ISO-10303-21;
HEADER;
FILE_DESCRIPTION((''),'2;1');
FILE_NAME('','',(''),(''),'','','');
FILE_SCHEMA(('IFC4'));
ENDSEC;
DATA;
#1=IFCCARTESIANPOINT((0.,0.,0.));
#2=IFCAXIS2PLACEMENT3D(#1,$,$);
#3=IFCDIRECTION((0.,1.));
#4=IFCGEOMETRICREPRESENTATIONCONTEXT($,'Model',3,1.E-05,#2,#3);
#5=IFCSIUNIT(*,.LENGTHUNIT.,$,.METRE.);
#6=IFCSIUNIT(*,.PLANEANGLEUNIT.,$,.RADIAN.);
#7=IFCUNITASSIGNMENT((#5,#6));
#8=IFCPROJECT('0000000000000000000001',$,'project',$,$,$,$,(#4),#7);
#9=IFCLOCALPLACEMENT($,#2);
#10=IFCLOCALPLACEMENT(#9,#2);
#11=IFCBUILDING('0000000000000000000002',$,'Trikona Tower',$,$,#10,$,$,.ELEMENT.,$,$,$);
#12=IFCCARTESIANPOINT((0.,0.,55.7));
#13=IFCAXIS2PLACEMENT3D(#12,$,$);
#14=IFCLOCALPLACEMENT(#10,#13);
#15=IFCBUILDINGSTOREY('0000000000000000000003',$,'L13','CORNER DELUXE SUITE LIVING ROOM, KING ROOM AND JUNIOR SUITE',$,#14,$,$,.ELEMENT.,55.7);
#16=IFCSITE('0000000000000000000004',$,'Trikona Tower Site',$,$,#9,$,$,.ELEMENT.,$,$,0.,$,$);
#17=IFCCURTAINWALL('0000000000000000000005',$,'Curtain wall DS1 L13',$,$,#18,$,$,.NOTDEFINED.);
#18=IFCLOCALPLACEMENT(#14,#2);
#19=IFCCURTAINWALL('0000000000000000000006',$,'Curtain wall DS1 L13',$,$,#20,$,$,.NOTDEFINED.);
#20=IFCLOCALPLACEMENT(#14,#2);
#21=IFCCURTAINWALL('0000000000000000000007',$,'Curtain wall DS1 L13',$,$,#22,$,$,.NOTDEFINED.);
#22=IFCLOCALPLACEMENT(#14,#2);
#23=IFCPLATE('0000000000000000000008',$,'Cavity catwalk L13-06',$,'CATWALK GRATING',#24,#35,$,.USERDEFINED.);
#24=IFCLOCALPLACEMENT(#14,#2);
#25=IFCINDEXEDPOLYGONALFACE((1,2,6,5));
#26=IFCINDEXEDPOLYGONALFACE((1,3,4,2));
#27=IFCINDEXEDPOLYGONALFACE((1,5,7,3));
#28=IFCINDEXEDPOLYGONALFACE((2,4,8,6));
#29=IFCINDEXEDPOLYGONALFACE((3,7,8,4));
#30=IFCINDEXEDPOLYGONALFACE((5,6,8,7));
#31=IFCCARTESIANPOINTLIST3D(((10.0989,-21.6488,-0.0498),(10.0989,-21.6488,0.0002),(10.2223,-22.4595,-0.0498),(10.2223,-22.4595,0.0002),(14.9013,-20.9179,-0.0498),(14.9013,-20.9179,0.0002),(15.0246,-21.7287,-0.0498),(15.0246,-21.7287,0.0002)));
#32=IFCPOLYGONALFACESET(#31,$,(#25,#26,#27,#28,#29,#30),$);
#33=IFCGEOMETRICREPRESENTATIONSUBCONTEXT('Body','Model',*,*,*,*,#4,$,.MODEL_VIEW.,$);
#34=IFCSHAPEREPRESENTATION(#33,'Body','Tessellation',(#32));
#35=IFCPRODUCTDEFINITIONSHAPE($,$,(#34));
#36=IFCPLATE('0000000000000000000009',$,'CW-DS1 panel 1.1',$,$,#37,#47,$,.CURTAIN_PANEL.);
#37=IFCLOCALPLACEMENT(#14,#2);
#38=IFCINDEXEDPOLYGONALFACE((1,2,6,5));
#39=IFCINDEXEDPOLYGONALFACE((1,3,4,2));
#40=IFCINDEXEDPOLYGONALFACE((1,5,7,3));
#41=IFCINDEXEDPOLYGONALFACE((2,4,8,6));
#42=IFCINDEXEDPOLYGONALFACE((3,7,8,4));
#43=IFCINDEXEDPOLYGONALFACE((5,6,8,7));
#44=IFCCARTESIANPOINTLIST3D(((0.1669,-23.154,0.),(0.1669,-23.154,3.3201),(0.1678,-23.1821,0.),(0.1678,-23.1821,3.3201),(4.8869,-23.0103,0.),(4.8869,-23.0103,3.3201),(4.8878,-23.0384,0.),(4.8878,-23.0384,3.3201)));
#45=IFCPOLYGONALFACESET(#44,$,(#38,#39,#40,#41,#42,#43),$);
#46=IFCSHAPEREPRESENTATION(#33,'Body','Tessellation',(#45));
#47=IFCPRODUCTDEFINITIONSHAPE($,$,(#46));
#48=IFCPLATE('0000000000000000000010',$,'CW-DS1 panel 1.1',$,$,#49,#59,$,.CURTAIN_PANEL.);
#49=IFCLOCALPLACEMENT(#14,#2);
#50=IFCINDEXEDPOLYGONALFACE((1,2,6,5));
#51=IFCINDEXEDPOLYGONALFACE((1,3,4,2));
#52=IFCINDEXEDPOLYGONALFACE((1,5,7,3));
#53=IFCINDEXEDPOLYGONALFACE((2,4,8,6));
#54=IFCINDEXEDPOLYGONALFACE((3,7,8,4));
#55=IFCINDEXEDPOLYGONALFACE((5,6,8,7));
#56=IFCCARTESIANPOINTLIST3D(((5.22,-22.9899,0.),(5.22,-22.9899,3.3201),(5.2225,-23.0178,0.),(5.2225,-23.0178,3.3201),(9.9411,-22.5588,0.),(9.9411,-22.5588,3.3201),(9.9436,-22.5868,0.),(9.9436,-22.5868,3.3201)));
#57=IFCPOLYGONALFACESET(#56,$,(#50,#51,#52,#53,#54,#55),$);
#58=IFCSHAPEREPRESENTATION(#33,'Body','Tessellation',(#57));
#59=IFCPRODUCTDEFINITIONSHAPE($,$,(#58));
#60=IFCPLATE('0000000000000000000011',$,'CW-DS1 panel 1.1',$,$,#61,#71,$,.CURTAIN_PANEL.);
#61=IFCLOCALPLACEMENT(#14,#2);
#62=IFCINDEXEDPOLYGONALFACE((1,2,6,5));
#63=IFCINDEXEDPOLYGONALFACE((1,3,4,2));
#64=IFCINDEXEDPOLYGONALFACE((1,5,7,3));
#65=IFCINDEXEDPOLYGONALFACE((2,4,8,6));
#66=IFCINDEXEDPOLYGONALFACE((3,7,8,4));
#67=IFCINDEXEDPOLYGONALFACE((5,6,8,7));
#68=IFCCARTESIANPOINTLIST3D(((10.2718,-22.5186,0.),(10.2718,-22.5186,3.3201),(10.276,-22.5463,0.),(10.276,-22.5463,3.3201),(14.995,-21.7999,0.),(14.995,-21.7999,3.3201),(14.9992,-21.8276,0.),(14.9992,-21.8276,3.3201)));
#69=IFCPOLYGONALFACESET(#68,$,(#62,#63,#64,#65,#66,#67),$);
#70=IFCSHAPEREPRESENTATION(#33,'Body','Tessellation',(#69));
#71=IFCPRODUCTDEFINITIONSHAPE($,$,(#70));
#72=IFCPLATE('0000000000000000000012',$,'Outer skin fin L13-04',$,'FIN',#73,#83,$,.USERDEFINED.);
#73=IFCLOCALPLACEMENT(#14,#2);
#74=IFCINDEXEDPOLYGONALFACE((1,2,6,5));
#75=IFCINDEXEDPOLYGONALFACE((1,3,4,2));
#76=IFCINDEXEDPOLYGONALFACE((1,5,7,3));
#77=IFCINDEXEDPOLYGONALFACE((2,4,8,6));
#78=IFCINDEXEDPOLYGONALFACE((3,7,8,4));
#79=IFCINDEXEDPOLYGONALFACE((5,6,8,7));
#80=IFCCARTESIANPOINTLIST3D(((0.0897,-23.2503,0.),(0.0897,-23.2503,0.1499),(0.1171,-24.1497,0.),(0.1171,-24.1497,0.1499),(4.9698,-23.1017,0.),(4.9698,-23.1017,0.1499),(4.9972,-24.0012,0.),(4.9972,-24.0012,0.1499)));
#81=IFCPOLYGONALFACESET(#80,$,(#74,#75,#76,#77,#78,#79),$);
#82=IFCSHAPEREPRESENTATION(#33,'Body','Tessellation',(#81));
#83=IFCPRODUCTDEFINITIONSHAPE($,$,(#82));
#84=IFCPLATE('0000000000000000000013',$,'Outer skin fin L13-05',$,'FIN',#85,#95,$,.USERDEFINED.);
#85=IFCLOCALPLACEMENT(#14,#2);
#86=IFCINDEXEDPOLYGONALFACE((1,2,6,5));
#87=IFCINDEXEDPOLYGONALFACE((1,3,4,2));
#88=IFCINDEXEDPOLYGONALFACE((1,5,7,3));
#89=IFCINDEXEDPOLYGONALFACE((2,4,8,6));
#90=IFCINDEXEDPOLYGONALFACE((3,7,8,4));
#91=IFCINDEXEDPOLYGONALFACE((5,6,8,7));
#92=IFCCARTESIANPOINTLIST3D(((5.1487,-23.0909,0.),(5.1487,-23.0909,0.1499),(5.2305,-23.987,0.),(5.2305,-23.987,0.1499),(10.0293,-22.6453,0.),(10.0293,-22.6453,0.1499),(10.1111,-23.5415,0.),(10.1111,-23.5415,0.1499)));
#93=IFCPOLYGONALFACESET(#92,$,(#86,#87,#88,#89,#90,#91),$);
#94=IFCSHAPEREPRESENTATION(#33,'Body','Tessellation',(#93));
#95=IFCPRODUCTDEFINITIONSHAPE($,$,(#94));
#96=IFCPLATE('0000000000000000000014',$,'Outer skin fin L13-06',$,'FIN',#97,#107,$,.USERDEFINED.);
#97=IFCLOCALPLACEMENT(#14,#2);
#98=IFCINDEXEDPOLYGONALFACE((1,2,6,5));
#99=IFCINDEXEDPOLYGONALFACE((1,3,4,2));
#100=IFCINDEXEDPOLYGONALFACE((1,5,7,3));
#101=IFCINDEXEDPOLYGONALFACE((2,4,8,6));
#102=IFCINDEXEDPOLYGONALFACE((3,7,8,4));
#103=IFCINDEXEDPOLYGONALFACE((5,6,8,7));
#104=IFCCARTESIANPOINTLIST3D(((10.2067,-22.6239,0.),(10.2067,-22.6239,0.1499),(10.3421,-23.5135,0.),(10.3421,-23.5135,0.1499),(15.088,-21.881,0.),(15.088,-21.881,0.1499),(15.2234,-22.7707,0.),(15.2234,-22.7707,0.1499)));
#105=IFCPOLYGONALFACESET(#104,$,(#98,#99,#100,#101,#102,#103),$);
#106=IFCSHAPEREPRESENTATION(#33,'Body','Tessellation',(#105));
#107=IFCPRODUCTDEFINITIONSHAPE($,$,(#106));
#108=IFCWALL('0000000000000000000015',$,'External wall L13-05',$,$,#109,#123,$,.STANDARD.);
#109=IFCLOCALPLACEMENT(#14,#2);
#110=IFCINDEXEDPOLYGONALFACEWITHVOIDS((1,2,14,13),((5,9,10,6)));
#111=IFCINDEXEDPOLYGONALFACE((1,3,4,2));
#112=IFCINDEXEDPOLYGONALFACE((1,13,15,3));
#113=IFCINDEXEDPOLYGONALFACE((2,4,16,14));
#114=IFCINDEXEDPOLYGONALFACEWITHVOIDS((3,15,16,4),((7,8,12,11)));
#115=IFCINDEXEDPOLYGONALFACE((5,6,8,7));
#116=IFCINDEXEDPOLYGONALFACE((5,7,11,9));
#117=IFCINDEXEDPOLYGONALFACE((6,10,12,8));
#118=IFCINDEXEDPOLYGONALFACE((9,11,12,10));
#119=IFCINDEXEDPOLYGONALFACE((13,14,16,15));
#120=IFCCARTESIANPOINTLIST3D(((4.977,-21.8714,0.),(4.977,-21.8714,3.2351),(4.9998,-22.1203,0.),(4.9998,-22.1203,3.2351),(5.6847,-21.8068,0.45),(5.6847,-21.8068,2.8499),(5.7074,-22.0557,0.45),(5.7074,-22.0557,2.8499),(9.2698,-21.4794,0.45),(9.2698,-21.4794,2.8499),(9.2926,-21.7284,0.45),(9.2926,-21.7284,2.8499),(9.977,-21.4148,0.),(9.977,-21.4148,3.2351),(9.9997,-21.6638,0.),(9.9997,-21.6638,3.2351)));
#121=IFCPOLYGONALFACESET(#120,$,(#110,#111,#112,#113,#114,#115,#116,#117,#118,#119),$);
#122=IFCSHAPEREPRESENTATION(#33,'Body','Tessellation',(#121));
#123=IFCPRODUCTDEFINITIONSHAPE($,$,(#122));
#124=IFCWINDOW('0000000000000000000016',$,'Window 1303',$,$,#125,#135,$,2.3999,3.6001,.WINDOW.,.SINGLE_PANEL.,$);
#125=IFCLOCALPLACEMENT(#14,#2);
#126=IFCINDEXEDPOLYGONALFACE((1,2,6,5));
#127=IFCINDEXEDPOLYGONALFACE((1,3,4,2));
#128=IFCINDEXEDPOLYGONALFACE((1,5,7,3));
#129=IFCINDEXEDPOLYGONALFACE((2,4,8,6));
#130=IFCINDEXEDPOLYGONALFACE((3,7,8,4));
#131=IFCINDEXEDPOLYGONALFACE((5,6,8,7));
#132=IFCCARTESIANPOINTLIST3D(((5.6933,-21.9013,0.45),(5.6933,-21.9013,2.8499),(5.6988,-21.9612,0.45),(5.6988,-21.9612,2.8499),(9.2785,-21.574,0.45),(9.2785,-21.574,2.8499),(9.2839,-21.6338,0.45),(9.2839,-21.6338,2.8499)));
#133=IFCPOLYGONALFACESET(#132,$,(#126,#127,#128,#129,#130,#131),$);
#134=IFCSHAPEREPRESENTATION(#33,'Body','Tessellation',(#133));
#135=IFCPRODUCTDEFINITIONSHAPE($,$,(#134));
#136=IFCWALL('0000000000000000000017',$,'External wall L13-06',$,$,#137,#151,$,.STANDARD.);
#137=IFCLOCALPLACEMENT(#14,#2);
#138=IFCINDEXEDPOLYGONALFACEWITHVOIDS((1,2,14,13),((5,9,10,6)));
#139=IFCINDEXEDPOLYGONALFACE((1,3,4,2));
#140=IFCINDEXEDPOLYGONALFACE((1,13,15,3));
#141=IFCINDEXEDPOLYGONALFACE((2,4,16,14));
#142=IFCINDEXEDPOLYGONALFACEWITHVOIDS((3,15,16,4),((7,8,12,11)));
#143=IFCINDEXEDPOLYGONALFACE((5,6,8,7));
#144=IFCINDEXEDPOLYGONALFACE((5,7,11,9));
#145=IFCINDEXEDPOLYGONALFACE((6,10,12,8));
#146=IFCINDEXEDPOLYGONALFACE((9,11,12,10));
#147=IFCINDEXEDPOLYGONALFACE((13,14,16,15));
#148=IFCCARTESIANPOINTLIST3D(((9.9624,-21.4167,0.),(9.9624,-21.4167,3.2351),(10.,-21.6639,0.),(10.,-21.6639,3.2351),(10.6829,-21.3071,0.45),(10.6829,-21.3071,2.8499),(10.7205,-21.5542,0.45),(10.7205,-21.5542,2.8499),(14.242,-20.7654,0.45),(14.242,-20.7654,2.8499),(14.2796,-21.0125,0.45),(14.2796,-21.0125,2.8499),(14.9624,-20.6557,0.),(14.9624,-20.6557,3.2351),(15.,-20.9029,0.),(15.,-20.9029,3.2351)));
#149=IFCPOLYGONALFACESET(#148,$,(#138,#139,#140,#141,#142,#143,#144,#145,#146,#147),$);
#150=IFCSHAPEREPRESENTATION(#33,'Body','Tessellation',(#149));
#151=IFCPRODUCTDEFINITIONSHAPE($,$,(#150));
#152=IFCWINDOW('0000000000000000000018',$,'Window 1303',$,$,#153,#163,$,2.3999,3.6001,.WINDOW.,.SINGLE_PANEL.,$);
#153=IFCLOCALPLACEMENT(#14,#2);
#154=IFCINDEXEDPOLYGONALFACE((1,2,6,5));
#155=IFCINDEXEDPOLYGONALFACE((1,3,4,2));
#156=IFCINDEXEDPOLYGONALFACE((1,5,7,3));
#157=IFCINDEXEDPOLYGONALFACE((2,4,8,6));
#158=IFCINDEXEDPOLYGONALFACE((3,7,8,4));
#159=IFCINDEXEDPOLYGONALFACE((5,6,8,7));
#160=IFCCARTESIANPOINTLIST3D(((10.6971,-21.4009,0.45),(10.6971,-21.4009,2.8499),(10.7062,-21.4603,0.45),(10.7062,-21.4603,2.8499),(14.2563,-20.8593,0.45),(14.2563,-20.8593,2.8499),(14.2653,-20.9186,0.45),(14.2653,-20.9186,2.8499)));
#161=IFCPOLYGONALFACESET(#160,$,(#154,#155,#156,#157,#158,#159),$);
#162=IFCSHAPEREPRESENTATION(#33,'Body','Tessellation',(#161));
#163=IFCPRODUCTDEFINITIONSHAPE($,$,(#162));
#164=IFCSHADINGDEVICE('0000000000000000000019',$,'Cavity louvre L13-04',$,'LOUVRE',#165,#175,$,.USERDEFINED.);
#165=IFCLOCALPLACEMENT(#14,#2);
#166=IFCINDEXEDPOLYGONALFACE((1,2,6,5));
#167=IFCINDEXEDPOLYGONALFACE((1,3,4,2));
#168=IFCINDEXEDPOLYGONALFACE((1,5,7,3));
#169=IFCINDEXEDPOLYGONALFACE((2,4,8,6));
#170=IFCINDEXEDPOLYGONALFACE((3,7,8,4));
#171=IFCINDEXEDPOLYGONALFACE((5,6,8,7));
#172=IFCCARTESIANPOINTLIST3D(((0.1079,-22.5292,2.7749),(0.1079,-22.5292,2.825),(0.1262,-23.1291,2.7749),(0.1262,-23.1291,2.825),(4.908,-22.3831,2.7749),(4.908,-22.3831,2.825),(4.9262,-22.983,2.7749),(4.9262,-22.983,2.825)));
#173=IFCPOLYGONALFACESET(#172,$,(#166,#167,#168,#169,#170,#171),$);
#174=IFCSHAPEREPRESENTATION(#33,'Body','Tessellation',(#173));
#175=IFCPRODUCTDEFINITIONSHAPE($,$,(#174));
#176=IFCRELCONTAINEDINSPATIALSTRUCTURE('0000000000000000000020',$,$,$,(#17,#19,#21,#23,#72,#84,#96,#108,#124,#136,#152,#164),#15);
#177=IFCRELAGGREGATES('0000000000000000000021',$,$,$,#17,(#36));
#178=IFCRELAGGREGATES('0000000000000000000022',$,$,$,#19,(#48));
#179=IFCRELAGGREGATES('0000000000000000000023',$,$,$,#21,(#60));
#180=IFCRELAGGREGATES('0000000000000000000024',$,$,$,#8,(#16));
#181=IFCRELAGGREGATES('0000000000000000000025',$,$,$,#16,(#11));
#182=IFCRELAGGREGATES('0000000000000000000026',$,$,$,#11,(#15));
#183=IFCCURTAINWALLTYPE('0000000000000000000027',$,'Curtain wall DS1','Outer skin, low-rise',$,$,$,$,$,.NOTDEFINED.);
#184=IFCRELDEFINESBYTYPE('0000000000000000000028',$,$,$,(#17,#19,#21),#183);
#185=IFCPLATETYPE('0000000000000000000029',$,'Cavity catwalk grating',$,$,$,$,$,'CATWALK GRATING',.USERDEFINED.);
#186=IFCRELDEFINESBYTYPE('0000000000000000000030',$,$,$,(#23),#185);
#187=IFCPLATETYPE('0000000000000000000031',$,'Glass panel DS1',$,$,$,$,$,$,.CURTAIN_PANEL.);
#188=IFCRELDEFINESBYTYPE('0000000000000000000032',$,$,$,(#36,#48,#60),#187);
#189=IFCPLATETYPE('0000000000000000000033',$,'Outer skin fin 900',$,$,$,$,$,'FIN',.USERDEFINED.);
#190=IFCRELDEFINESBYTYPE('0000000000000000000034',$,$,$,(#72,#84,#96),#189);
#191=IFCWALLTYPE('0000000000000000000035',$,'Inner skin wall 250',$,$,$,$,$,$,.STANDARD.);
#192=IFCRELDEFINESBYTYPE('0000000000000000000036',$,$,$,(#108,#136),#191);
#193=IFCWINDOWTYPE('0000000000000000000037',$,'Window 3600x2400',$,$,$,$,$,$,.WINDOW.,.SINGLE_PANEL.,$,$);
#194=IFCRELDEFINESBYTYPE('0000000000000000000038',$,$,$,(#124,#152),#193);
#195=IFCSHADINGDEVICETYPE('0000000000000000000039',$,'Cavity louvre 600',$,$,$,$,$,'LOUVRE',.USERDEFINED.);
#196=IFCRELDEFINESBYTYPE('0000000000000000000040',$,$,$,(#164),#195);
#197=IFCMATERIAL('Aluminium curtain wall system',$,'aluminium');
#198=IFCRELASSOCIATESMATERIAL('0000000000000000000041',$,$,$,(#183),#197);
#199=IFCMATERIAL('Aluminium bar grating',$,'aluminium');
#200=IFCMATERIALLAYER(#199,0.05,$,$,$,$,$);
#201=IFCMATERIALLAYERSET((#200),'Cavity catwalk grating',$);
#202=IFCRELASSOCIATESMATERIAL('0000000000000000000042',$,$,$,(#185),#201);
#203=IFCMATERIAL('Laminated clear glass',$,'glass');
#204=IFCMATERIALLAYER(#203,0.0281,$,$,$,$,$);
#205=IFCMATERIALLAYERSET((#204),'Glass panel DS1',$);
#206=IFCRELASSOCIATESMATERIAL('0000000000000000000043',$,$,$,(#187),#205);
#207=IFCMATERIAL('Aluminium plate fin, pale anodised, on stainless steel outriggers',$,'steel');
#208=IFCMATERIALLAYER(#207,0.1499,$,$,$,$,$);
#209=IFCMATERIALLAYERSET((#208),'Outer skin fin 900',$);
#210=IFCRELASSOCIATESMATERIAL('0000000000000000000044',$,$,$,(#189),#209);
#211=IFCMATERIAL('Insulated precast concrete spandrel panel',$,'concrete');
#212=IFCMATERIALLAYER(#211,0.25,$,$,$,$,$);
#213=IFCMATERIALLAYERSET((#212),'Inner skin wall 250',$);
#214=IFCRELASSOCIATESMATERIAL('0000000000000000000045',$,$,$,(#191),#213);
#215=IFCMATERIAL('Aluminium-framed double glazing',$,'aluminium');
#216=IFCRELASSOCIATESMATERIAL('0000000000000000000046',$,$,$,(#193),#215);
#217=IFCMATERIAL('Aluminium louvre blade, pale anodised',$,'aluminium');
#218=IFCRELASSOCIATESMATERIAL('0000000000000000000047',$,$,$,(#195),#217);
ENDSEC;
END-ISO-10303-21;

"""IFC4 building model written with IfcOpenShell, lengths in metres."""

from ifc_helpers import new_model, si_unit, direction, frame, frame_2d, origin, origin_2d, place, context, subcontext, project, spatial, rectangle, extrude, material, layer, layer_set, type_object, element, fill, aggregate, save


model = new_model("IFC4")

# Units and contexts
model_context = context("Model", 3, precision=1e-05, world=origin(), true_north=direction((0.0, 1.0)))
body_context = subcontext(model_context, "Body", "Model", "MODEL_VIEW")
ifc_project = project(units=[si_unit("LENGTHUNIT", "METRE"), si_unit("PLANEANGLEUNIT", "RADIAN")], contexts=[model_context])

# Site, building, storey
site_placement = place(None, origin())
site = spatial("IfcSite", under=ifc_project, at=site_placement, Name="Trikona Tower Site", CompositionType="ELEMENT", RefElevation=0.0)
building_placement = place(site_placement, origin())
building = spatial("IfcBuilding", under=site, at=building_placement, Name="Trikona Tower", CompositionType="ELEMENT")
storey_placement = place(building_placement, frame((0.0, 0.0, 55.7)))
storey = spatial("IfcBuildingStorey", under=building, at=storey_placement, Name="L13", Description="CORNER DELUXE SUITE LIVING ROOM, KING ROOM AND JUNIOR SUITE", CompositionType="ELEMENT", Elevation=55.7)

# Curtain walls
ifc_material_1 = material(Name="Aluminium curtain wall system", Category="aluminium")
curtain_wall_type = type_object("IfcCurtainWallType", Name="Curtain wall DS1", Description="Outer skin, low-rise", PredefinedType="NOTDEFINED", material=ifc_material_1)
curtain_wall_1_placement = place(storey_placement, origin())
curtain_wall_1 = element("IfcCurtainWall", 1, at=curtain_wall_1_placement, inside=storey, type_object=curtain_wall_type, Name="Curtain wall DS1 L13", PredefinedType="NOTDEFINED")
curtain_wall_2_placement = place(storey_placement, origin())
curtain_wall_2 = element("IfcCurtainWall", 2, at=curtain_wall_2_placement, inside=storey, type_object=curtain_wall_type, Name="Curtain wall DS1 L13", PredefinedType="NOTDEFINED")

# Curtain wall
curtain_wall_3_placement = place(storey_placement, origin())
curtain_wall_3 = element("IfcCurtainWall", 3, at=curtain_wall_3_placement, inside=storey, type_object=curtain_wall_type, Name="Curtain wall DS1 L13", PredefinedType="NOTDEFINED")

# Plate
ifc_material_2 = material(Name="Aluminium bar grating", Category="aluminium")
ifc_layer_1 = layer(ifc_material_2, 0.05)
ifc_layer_set_1 = layer_set([ifc_layer_1], Name="Cavity catwalk grating")
plate_type_1 = type_object("IfcPlateType", Name="Cavity catwalk grating", ElementType="CATWALK GRATING", PredefinedType="USERDEFINED", material=ifc_layer_set_1)
plate_1_placement = place(storey_placement, frame((12.5618, -21.6887, -0.0498), z_axis=(0.0, 0.0, 1.0), x_axis=(0.988618, 0.150448, 0.0)))
element("IfcPlate", 4, at=plate_1_placement, inside=storey, type_object=plate_type_1, Name="Cavity catwalk L13-06", ObjectType="CATWALK GRATING", PredefinedType="USERDEFINED", context=body_context, shape_type="SweptSolid", body=[
    extrude(rectangle(XDim=4.8577, YDim=0.8201, at=origin_2d()), origin(), (0.0, 0.0, 1.0), 0.05),
])

# Plates
ifc_material_3 = material(Name="Laminated clear glass", Category="glass")
ifc_layer_2 = layer(ifc_material_3, 0.0281)
ifc_layer_set_2 = layer_set([ifc_layer_2], Name="Glass panel DS1")
plate_type_2 = type_object("IfcPlateType", Name="Glass panel DS1", PredefinedType="CURTAIN_PANEL", material=ifc_layer_set_2)
plate_2_placement = place(storey_placement, frame((2.5273, -23.0962, 0.0), z_axis=(0.0, 0.0, 1.0), x_axis=(0.999537, 0.030437, 0.0)))
plate_2 = element("IfcPlate", 5, at=plate_2_placement, type_object=plate_type_2, Name="CW-DS1 panel 1.1", PredefinedType="CURTAIN_PANEL", context=body_context, shape_type="SweptSolid", body=[
    extrude(rectangle(XDim=4.7222, YDim=0.0281, at=origin_2d()), origin(), (0.0, 0.0, 1.0), 3.3201),
])
aggregate(curtain_wall_1, [plate_2])
plate_3_placement = place(storey_placement, frame((7.5818, -22.7883, 0.0), z_axis=(0.0, 0.0, 1.0), x_axis=(0.995858, 0.090924, 0.0)))
plate_3 = element("IfcPlate", 6, at=plate_3_placement, type_object=plate_type_2, Name="CW-DS1 panel 1.1", PredefinedType="CURTAIN_PANEL", context=body_context, shape_type="SweptSolid", body=[
    extrude(rectangle(XDim=4.7407, YDim=0.0281, at=origin_2d()), origin(), (0.0, 0.0, 1.0), 3.3201),
])
aggregate(curtain_wall_2, [plate_3])
plate_4_placement = place(storey_placement, frame((12.6355, -22.1731, 0.0), z_axis=(0.0, 0.0, 1.0), x_axis=(0.988619, 0.150438, 0.0)))
plate_4 = element("IfcPlate", 7, at=plate_4_placement, type_object=plate_type_2, Name="CW-DS1 panel 1.1", PredefinedType="CURTAIN_PANEL", context=body_context, shape_type="SweptSolid", body=[
    extrude(rectangle(XDim=4.7776, YDim=0.0281, at=origin_2d()), origin(), (0.0, 0.0, 1.0), 3.3201),
])
aggregate(curtain_wall_3, [plate_4])

# Plates
ifc_material_4 = material(Name="Aluminium plate fin, pale anodised, on stainless steel outriggers", Category="steel")
ifc_layer_3 = layer(ifc_material_4, 0.1499)
ifc_layer_set_3 = layer_set([ifc_layer_3], Name="Outer skin fin 900")
plate_type_3 = type_object("IfcPlateType", Name="Outer skin fin 900", ElementType="FIN", PredefinedType="USERDEFINED", material=ifc_layer_set_3)
plate_5_placement = place(storey_placement, frame((2.5435, -23.6257, 0.0), z_axis=(0.0, 0.0, 1.0), x_axis=(0.999537, 0.030425, 0.0)))
element("IfcPlate", 8, at=plate_5_placement, inside=storey, type_object=plate_type_3, Name="Outer skin fin L13-04", ObjectType="FIN", PredefinedType="USERDEFINED", context=body_context, shape_type="SweptSolid", body=[
    extrude(rectangle(XDim=4.8823, YDim=0.8999, at=origin_2d()), origin(), (0.0, 0.0, 1.0), 0.1499),
])
plate_6_placement = place(storey_placement, frame((7.6299, -23.3162, 0.0), z_axis=(0.0, 0.0, 1.0), x_axis=(0.995858, 0.090921, 0.0)))
element("IfcPlate", 9, at=plate_6_placement, inside=storey, type_object=plate_type_3, Name="Outer skin fin L13-05", ObjectType="FIN", PredefinedType="USERDEFINED", context=body_context, shape_type="SweptSolid", body=[
    extrude(rectangle(XDim=4.9009, YDim=0.8999, at=origin_2d()), origin(), (0.0, 0.0, 1.0), 0.1499),
])
plate_7_placement = place(storey_placement, frame((12.7151, -22.6973, 0.0), z_axis=(0.0, 0.0, 1.0), x_axis=(0.988618, 0.150448, 0.0)))
element("IfcPlate", 10, at=plate_7_placement, inside=storey, type_object=plate_type_3, Name="Outer skin fin L13-06", ObjectType="FIN", PredefinedType="USERDEFINED", context=body_context, shape_type="SweptSolid", body=[
    extrude(rectangle(XDim=4.9375, YDim=0.8999, at=origin_2d()), origin(), (0.0, 0.0, 1.0), 0.1499),
])

# Walls, openings, windows
ifc_material_5 = material(Name="Insulated precast concrete spandrel panel", Category="concrete")
ifc_layer_4 = layer(ifc_material_5, 0.25)
ifc_layer_set_4 = layer_set([ifc_layer_4], Name="Inner skin wall 250")
wall_type = type_object("IfcWallType", Name="Inner skin wall 250", PredefinedType="STANDARD", material=ifc_layer_set_4)
wall_1_placement = place(storey_placement, frame((4.9885, -21.9958, 0.0), z_axis=(0.0, 0.0, 1.0), x_axis=(0.995857, 0.09093, 0.0)))
wall_1 = element("IfcWall", 11, at=wall_1_placement, inside=storey, type_object=wall_type, Name="External wall L13-05", PredefinedType="STANDARD", context=body_context, shape_type="SweptSolid", body=[
    extrude(rectangle(XDim=5.0208, YDim=0.25, at=frame_2d((2.5103, 0.0))), origin(), (0.0, 0.0, 1.0), 3.2351),
])
opening_1_placement = place(wall_1_placement, frame((0.7104, 0.0, 0.45)))
opening_1 = element("IfcOpeningElement", 12, at=opening_1_placement, cuts=wall_1, PredefinedType="OPENING", context=body_context, shape_type="SweptSolid", body=[
    extrude(rectangle(XDim=3.6001, YDim=2.3999, at=frame_2d((1.8, 1.2))), frame((0.0, 0.135, 0.0), z_axis=(0.0, -1.0, 0.0), x_axis=(1.0, 0.0, 0.0)), (0.0, 0.0, 1.0), 0.27),
])
ifc_material_6 = material(Name="Aluminium-framed double glazing", Category="aluminium")
window_type = type_object("IfcWindowType", Name="Window 3600x2400", PartitioningType="SINGLE_PANEL", PredefinedType="WINDOW", material=ifc_material_6)
window_1_placement = place(opening_1_placement, origin())
window_1 = element("IfcWindow", 13, at=window_1_placement, inside=storey, type_object=window_type, Name="Window 1303", OverallHeight=2.3999, OverallWidth=3.6001, PartitioningType="SINGLE_PANEL", PredefinedType="WINDOW", context=body_context, shape_type="SweptSolid", body=[
    extrude(rectangle(XDim=3.6001, YDim=2.3999, at=frame_2d((1.8, 1.2))), frame((0.0, 0.03, 0.0), z_axis=(0.0, -1.0, 0.0), x_axis=(1.0, 0.0, 0.0)), (0.0, 0.0, 1.0), 0.0601),
])
fill(opening_1, window_1)
wall_2_placement = place(storey_placement, frame((9.9812, -21.5403, 0.0), z_axis=(0.0, 0.0, 1.0), x_axis=(0.988615, 0.150465, 0.0)))
wall_2 = element("IfcWall", 14, at=wall_2_placement, inside=storey, type_object=wall_type, Name="External wall L13-06", PredefinedType="STANDARD", context=body_context, shape_type="SweptSolid", body=[
    extrude(rectangle(XDim=5.0576, YDim=0.25, at=frame_2d((2.5288, 0.0))), origin(), (0.0, 0.0, 1.0), 3.2351),
])
opening_2_placement = place(wall_2_placement, frame((0.7288, 0.0, 0.45)))
opening_2 = element("IfcOpeningElement", 15, at=opening_2_placement, cuts=wall_2, PredefinedType="OPENING", context=body_context, shape_type="SweptSolid", body=[
    extrude(rectangle(XDim=3.6001, YDim=2.3999, at=frame_2d((1.8, 1.2))), frame((0.0, 0.135, 0.0), z_axis=(0.0, -1.0, 0.0), x_axis=(1.0, 0.0, 0.0)), (0.0, 0.0, 1.0), 0.27),
])
window_2_placement = place(opening_2_placement, origin())
window_2 = element("IfcWindow", 16, at=window_2_placement, inside=storey, type_object=window_type, Name="Window 1303", OverallHeight=2.3999, OverallWidth=3.6001, PartitioningType="SINGLE_PANEL", PredefinedType="WINDOW", context=body_context, shape_type="SweptSolid", body=[
    extrude(rectangle(XDim=3.6001, YDim=2.3999, at=frame_2d((1.8, 1.2))), frame((0.0, 0.03, 0.0), z_axis=(0.0, -1.0, 0.0), x_axis=(1.0, 0.0, 0.0)), (0.0, 0.0, 1.0), 0.0601),
])
fill(opening_2, window_2)

# Shading device
ifc_material_7 = material(Name="Aluminium louvre blade, pale anodised", Category="aluminium")
shading_device_type = type_object("IfcShadingDeviceType", Name="Cavity louvre 600", ElementType="LOUVRE", PredefinedType="USERDEFINED", material=ifc_material_7)
shading_device_1_placement = place(storey_placement, frame((2.5171, -22.7561, 2.7749), z_axis=(0.0, 0.0, 1.0), x_axis=(0.999537, 0.030425, 0.0)))
element("IfcShadingDevice", 17, at=shading_device_1_placement, inside=storey, type_object=shading_device_type, Name="Cavity louvre L13-04", ObjectType="LOUVRE", PredefinedType="USERDEFINED", context=body_context, shape_type="SweptSolid", body=[
    extrude(rectangle(XDim=4.8022, YDim=0.6001, at=origin_2d()), origin(), (0.0, 0.0, 1.0), 0.05),
])

save(model, "model.ifc")
